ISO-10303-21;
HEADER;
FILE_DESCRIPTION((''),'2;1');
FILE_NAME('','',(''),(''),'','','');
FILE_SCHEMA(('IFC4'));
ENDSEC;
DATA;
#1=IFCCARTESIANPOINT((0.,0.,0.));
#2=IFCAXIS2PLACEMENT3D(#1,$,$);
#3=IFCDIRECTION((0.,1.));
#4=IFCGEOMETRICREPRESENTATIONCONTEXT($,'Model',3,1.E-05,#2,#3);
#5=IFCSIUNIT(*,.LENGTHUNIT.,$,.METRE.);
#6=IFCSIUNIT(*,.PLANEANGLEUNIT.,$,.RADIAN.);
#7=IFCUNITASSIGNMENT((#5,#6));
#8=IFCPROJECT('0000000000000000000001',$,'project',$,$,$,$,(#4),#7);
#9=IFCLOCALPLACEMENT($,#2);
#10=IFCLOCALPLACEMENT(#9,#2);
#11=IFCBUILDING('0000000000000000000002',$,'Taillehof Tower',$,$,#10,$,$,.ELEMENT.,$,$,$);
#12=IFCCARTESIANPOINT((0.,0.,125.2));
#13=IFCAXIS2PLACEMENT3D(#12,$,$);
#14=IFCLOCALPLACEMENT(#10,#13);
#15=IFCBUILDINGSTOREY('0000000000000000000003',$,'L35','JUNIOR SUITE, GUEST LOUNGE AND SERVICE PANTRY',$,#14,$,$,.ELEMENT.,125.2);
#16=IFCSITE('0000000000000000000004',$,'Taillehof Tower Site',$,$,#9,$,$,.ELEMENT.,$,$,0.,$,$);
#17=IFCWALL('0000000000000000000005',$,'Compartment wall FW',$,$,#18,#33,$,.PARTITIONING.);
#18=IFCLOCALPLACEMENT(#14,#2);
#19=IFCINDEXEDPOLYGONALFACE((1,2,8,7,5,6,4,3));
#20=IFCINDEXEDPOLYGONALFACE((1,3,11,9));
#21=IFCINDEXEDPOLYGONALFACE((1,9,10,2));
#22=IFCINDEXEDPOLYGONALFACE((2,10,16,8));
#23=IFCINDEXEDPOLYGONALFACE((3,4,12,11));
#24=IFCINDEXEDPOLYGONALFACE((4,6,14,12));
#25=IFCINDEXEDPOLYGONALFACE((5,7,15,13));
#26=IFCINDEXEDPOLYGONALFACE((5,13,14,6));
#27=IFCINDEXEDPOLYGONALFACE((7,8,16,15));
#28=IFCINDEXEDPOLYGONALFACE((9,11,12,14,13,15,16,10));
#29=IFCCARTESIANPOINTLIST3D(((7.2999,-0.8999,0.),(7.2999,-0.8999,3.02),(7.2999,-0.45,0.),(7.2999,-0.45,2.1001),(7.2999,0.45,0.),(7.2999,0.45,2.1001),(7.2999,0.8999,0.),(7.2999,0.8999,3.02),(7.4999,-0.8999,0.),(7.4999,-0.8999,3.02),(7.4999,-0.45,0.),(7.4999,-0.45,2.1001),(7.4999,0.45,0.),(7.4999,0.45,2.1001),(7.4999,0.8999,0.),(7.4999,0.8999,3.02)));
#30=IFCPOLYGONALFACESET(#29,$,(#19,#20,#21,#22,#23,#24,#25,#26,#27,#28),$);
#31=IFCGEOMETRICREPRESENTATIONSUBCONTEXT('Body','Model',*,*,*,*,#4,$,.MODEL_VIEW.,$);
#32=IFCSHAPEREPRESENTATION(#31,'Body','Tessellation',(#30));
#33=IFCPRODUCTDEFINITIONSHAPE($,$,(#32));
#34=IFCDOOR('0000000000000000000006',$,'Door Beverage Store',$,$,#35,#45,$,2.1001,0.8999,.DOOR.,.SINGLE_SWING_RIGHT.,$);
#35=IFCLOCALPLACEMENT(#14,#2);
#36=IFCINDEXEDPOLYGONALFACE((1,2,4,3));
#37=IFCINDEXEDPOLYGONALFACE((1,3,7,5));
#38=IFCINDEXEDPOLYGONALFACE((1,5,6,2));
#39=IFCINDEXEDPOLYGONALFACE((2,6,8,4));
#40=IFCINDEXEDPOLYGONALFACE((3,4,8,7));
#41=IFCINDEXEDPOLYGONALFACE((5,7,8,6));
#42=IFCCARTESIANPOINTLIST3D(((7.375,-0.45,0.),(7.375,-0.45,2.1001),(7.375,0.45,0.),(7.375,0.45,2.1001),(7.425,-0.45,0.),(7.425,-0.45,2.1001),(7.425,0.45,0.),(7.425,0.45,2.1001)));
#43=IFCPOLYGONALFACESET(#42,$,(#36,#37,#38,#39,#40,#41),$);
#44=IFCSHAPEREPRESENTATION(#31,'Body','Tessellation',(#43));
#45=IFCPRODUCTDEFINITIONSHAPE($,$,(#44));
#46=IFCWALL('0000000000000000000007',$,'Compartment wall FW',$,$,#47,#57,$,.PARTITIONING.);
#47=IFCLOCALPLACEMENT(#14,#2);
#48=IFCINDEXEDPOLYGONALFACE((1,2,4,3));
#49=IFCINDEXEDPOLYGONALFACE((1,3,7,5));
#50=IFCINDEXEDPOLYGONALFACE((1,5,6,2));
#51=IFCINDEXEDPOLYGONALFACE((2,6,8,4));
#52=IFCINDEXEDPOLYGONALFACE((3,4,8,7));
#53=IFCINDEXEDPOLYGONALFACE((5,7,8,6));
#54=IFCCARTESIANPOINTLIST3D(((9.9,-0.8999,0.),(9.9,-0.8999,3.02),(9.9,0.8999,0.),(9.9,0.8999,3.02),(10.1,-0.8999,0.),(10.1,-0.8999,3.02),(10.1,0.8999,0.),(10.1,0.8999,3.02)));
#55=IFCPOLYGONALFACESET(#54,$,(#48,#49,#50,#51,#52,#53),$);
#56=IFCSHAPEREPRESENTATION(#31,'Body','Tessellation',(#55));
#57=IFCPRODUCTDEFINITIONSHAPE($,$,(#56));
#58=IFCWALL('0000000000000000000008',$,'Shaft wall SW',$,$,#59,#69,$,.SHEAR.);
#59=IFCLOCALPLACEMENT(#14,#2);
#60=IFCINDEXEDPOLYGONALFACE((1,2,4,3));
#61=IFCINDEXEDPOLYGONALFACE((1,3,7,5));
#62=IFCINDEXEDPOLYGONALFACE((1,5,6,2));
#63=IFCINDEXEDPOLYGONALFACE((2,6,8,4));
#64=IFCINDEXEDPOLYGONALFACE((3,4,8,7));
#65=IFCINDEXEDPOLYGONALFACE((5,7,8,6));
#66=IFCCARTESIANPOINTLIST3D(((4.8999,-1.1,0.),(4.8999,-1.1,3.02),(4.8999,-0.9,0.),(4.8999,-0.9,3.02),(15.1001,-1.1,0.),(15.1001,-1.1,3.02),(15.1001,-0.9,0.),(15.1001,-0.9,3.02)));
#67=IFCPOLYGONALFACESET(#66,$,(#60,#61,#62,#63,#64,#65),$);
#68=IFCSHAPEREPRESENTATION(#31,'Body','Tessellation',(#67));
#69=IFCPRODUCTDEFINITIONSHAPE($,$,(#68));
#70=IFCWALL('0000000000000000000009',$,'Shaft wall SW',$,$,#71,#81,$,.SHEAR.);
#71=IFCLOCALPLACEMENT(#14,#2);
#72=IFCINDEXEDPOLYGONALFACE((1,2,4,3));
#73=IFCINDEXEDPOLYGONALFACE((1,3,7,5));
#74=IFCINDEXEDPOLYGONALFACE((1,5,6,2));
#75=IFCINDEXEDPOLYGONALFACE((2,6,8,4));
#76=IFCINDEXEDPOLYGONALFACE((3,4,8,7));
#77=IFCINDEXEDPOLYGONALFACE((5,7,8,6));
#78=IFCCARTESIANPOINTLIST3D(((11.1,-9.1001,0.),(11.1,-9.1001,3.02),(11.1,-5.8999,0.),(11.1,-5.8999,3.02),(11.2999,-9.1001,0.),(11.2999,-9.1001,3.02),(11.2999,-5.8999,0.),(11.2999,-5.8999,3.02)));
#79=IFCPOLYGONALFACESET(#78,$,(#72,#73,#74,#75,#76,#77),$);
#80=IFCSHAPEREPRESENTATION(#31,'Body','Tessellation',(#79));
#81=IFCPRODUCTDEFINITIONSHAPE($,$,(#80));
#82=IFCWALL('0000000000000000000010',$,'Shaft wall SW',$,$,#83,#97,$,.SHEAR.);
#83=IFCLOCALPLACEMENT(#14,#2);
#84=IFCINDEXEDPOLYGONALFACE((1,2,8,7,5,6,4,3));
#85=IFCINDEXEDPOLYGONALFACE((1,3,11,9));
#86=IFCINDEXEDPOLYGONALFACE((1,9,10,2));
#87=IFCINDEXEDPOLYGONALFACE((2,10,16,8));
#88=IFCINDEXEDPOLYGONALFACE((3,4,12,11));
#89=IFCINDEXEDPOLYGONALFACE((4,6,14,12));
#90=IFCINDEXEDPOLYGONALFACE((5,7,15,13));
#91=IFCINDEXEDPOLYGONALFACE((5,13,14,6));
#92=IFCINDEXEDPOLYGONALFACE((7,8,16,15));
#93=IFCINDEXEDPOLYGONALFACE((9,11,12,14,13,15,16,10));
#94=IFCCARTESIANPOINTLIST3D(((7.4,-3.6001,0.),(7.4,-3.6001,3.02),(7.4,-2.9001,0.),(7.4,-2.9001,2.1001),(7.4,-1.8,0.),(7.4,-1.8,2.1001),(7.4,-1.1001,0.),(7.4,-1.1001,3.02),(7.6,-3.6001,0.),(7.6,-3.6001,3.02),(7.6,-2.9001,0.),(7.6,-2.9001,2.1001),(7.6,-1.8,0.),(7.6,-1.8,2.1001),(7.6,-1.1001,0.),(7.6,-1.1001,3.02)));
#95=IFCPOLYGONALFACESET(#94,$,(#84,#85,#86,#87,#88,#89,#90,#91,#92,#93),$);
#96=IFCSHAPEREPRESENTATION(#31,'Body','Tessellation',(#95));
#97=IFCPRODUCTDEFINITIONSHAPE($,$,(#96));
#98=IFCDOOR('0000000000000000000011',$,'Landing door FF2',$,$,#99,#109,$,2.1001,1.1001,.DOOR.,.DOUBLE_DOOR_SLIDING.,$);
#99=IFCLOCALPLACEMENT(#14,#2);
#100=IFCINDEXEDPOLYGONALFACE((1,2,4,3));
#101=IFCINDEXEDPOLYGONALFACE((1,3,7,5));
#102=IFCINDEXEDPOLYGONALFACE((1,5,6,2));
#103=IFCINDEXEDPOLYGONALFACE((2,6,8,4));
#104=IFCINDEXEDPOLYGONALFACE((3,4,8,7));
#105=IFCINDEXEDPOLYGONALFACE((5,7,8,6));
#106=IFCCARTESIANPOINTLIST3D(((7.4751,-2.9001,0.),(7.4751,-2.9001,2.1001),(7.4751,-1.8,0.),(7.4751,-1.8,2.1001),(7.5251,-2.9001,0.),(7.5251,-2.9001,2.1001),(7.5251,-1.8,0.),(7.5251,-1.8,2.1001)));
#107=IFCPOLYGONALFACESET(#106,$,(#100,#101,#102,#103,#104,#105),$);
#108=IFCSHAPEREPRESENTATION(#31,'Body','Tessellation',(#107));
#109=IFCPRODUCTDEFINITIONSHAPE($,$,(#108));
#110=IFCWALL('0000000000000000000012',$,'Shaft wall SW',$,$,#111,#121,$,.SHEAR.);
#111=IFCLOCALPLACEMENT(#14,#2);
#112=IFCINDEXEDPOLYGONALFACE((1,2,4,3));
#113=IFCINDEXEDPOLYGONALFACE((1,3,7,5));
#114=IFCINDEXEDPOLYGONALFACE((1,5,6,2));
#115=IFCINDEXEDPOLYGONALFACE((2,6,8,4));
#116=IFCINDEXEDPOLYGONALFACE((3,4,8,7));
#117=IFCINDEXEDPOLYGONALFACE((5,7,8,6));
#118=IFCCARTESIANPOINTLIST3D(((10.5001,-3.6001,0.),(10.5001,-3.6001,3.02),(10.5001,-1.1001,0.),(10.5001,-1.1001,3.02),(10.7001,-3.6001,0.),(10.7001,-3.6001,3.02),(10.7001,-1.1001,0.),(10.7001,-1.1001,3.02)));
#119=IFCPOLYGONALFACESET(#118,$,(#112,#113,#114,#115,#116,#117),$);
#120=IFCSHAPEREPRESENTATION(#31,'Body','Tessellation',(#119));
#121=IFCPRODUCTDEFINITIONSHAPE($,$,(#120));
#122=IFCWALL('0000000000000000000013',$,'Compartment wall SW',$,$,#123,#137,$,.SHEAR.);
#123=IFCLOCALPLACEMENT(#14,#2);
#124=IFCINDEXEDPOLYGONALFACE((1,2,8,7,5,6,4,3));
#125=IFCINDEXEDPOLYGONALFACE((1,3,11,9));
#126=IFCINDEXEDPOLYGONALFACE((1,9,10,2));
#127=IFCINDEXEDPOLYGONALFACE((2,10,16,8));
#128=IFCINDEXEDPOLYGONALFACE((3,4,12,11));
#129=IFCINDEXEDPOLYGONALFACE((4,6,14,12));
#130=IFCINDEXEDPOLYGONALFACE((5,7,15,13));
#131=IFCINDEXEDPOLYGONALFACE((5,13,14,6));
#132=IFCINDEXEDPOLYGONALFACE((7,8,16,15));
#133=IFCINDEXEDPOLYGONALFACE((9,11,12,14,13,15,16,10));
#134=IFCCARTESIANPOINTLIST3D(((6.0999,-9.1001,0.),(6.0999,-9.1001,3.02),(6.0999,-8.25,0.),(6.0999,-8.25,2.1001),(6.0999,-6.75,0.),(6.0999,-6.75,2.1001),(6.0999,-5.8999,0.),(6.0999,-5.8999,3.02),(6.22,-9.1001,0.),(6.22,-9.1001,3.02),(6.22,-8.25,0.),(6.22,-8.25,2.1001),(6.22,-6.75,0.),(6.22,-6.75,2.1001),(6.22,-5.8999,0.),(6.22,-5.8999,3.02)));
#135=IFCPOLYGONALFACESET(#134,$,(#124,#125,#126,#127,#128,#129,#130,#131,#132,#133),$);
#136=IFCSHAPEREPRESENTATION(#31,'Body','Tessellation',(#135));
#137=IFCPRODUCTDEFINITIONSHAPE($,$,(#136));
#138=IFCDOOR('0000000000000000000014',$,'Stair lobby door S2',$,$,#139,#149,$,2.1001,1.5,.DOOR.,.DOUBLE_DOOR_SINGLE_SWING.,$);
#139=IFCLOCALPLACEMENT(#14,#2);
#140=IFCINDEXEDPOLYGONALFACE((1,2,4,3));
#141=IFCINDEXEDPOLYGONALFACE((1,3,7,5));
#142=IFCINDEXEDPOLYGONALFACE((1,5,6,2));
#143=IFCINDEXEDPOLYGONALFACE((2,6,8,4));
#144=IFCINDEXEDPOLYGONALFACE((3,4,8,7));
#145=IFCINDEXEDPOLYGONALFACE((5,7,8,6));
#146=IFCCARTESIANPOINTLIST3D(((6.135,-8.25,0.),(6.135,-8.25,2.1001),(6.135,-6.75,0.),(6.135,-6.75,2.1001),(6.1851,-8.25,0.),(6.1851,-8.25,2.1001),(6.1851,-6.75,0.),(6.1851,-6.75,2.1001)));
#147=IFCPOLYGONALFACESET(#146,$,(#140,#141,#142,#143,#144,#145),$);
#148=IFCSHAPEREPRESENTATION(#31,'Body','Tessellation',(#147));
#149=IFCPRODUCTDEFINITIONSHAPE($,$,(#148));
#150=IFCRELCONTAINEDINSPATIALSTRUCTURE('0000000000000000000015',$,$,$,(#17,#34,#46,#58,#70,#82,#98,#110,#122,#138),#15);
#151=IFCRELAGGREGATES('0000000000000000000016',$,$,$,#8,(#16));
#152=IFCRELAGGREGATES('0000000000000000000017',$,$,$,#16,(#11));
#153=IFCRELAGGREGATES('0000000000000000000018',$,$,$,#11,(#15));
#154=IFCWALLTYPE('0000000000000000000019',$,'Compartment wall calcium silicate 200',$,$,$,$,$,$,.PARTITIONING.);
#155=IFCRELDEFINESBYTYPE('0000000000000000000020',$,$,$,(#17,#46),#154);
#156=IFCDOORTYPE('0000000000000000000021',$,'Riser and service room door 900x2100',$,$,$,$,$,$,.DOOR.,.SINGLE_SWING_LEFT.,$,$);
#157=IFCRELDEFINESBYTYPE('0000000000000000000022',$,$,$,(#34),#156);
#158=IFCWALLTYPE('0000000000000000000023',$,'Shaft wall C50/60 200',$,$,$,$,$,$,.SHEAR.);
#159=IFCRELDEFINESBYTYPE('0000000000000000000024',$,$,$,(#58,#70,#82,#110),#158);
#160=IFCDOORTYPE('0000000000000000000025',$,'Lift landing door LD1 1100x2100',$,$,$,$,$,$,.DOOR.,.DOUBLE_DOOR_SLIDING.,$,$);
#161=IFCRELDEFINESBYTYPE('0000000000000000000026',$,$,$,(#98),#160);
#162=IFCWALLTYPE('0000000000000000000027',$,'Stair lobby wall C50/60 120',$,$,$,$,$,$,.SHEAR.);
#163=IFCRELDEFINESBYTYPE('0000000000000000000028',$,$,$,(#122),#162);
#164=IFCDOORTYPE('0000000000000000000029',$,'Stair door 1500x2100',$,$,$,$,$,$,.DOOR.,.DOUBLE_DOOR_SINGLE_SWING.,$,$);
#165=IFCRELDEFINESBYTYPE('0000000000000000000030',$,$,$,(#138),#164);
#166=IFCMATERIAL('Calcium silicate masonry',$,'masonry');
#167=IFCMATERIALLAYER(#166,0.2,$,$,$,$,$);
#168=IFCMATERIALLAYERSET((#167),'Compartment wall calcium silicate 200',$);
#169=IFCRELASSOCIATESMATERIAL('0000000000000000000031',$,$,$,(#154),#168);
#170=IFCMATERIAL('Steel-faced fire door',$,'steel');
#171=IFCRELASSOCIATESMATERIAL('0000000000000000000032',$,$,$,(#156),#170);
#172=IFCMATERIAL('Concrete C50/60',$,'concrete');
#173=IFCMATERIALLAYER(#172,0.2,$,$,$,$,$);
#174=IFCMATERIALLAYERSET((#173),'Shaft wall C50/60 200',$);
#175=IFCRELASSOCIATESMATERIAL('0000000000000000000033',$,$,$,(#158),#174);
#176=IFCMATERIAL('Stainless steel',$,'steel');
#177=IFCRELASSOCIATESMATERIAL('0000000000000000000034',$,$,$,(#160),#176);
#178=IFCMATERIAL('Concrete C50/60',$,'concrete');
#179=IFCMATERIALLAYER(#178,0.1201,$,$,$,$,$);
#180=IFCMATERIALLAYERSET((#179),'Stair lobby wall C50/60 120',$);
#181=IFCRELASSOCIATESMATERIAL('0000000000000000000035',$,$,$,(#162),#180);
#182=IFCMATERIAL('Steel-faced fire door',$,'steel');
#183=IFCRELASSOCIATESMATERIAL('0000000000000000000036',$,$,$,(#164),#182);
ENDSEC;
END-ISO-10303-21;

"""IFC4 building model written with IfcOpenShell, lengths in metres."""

from ifc_helpers import new_model, si_unit, direction, frame, frame_2d, origin, place, context, subcontext, project, spatial, rectangle, extrude, material, layer, layer_set, type_object, element, fill, save


model = new_model("IFC4")

# Units and contexts
model_context = context("Model", 3, precision=1e-05, world=origin(), true_north=direction((0.0, 1.0)))
body_context = subcontext(model_context, "Body", "Model", "MODEL_VIEW")
ifc_project = project(units=[si_unit("LENGTHUNIT", "METRE"), si_unit("PLANEANGLEUNIT", "RADIAN")], contexts=[model_context])

# Site, building, storey
site_placement = place(None, origin())
site = spatial("IfcSite", under=ifc_project, at=site_placement, Name="Taillehof Tower Site", CompositionType="ELEMENT", RefElevation=0.0)
building_placement = place(site_placement, origin())
building = spatial("IfcBuilding", under=site, at=building_placement, Name="Taillehof Tower", CompositionType="ELEMENT")
storey_placement = place(building_placement, frame((0.0, 0.0, 125.2)))
storey = spatial("IfcBuildingStorey", under=building, at=storey_placement, Name="L35", Description="JUNIOR SUITE, GUEST LOUNGE AND SERVICE PANTRY", CompositionType="ELEMENT", Elevation=125.2)

# Wall, opening, door
ifc_material_1 = material(Name="Calcium silicate masonry", Category="masonry")
ifc_layer_1 = layer(ifc_material_1, 0.2)
ifc_layer_set_1 = layer_set([ifc_layer_1], Name="Compartment wall calcium silicate 200")
wall_type_1 = type_object("IfcWallType", Name="Compartment wall calcium silicate 200", PredefinedType="PARTITIONING", material=ifc_layer_set_1)
wall_1_placement = place(storey_placement, frame((7.3999, -0.8999, 0.0), z_axis=(0.0, 0.0, 1.0), x_axis=(0.0, 1.0, 0.0)))
wall_1 = element("IfcWall", 1, at=wall_1_placement, inside=storey, type_object=wall_type_1, Name="Compartment wall FW", PredefinedType="PARTITIONING", context=body_context, shape_type="SweptSolid", body=[
    extrude(rectangle(XDim=1.7998, YDim=0.2, at=frame_2d((0.8999, 0.0))), origin(), (0.0, 0.0, 1.0), 3.02),
])
opening_1_placement = place(wall_1_placement, frame((0.45, 0.0, 0.0)))
opening_1 = element("IfcOpeningElement", 2, at=opening_1_placement, cuts=wall_1, PredefinedType="OPENING", context=body_context, shape_type="SweptSolid", body=[
    extrude(rectangle(XDim=0.8999, YDim=2.1001, at=frame_2d((0.45, 1.05))), frame((0.0, 0.1099, 0.0), z_axis=(0.0, -1.0, 0.0), x_axis=(1.0, 0.0, 0.0)), (0.0, 0.0, 1.0), 0.22),
])
ifc_material_2 = material(Name="Steel-faced fire door", Category="steel")
door_type_1 = type_object("IfcDoorType", Name="Riser and service room door 900x2100", OperationType="SINGLE_SWING_LEFT", PredefinedType="DOOR", material=ifc_material_2)
door_1_placement = place(opening_1_placement, origin())
door_1 = element("IfcDoor", 3, at=door_1_placement, inside=storey, type_object=door_type_1, Name="Door Beverage Store", OperationType="SINGLE_SWING_RIGHT", OverallHeight=2.1001, OverallWidth=0.8999, PredefinedType="DOOR", context=body_context, shape_type="SweptSolid", body=[
    extrude(rectangle(XDim=0.8999, YDim=2.1001, at=frame_2d((0.45, 1.05))), frame((0.0, 0.0249, 0.0), z_axis=(0.0, -1.0, 0.0), x_axis=(1.0, 0.0, 0.0)), (0.0, 0.0, 1.0), 0.05),
])
fill(opening_1, door_1)

# Walls
wall_2_placement = place(storey_placement, frame((10.0, -0.8999, 0.0), z_axis=(0.0, 0.0, 1.0), x_axis=(0.0, 1.0, 0.0)))
element("IfcWall", 4, at=wall_2_placement, inside=storey, type_object=wall_type_1, Name="Compartment wall FW", PredefinedType="PARTITIONING", context=body_context, shape_type="SweptSolid", body=[
    extrude(rectangle(XDim=1.7998, YDim=0.2, at=frame_2d((0.8999, 0.0))), origin(), (0.0, 0.0, 1.0), 3.02),
])
ifc_material_3 = material(Name="Concrete C50/60", Category="concrete")
ifc_layer_2 = layer(ifc_material_3, 0.2)
ifc_layer_set_2 = layer_set([ifc_layer_2], Name="Shaft wall C50/60 200")
wall_type_2 = type_object("IfcWallType", Name="Shaft wall C50/60 200", PredefinedType="SHEAR", material=ifc_layer_set_2)
wall_3_placement = place(storey_placement, frame((4.8999, -1.0, 0.0), z_axis=(0.0, 0.0, 1.0), x_axis=(1.0, 0.0, 0.0)))
element("IfcWall", 5, at=wall_3_placement, inside=storey, type_object=wall_type_2, Name="Shaft wall SW", PredefinedType="SHEAR", context=body_context, shape_type="SweptSolid", body=[
    extrude(rectangle(XDim=10.2002, YDim=0.2, at=frame_2d((5.1001, 0.0))), origin(), (0.0, 0.0, 1.0), 3.02),
])
wall_4_placement = place(storey_placement, frame((11.2, -9.1001, 0.0), z_axis=(0.0, 0.0, 1.0), x_axis=(0.0, 1.0, 0.0)))
element("IfcWall", 6, at=wall_4_placement, inside=storey, type_object=wall_type_2, Name="Shaft wall SW", PredefinedType="SHEAR", context=body_context, shape_type="SweptSolid", body=[
    extrude(rectangle(XDim=3.2002, YDim=0.2, at=frame_2d((1.6001, 0.0))), origin(), (0.0, 0.0, 1.0), 3.02),
])

# Wall, opening, door
wall_5_placement = place(storey_placement, frame((7.5, -3.6001, 0.0), z_axis=(0.0, 0.0, 1.0), x_axis=(0.0, 1.0, 0.0)))
wall_5 = element("IfcWall", 7, at=wall_5_placement, inside=storey, type_object=wall_type_2, Name="Shaft wall SW", PredefinedType="SHEAR", context=body_context, shape_type="SweptSolid", body=[
    extrude(rectangle(XDim=2.5, YDim=0.2, at=frame_2d((1.25, 0.0))), origin(), (0.0, 0.0, 1.0), 3.02),
])
opening_2_placement = place(wall_5_placement, frame((0.7, 0.0, 0.0)))
opening_2 = element("IfcOpeningElement", 8, at=opening_2_placement, cuts=wall_5, PredefinedType="OPENING", context=body_context, shape_type="SweptSolid", body=[
    extrude(rectangle(XDim=1.1001, YDim=2.1001, at=frame_2d((0.55, 1.05))), frame((0.0, 0.1099, 0.0), z_axis=(0.0, -1.0, 0.0), x_axis=(1.0, 0.0, 0.0)), (0.0, 0.0, 1.0), 0.22),
])
ifc_material_4 = material(Name="Stainless steel", Category="steel")
door_type_2 = type_object("IfcDoorType", Name="Lift landing door LD1 1100x2100", OperationType="DOUBLE_DOOR_SLIDING", PredefinedType="DOOR", material=ifc_material_4)
door_2_placement = place(opening_2_placement, origin())
door_2 = element("IfcDoor", 9, at=door_2_placement, inside=storey, type_object=door_type_2, Name="Landing door FF2", OperationType="DOUBLE_DOOR_SLIDING", OverallHeight=2.1001, OverallWidth=1.1001, PredefinedType="DOOR", context=body_context, shape_type="SweptSolid", body=[
    extrude(rectangle(XDim=1.1001, YDim=2.1001, at=frame_2d((0.55, 1.05))), frame((0.0, 0.0249, 0.0), z_axis=(0.0, -1.0, 0.0), x_axis=(1.0, 0.0, 0.0)), (0.0, 0.0, 1.0), 0.05),
])
fill(opening_2, door_2)

# Wall
wall_6_placement = place(storey_placement, frame((10.6001, -3.6001, 0.0), z_axis=(0.0, 0.0, 1.0), x_axis=(0.0, 1.0, 0.0)))
element("IfcWall", 10, at=wall_6_placement, inside=storey, type_object=wall_type_2, Name="Shaft wall SW", PredefinedType="SHEAR", context=body_context, shape_type="SweptSolid", body=[
    extrude(rectangle(XDim=2.5, YDim=0.2, at=frame_2d((1.25, 0.0))), origin(), (0.0, 0.0, 1.0), 3.02),
])

# Wall, opening, door
ifc_material_5 = material(Name="Concrete C50/60", Category="concrete")
ifc_layer_3 = layer(ifc_material_5, 0.1201)
ifc_layer_set_3 = layer_set([ifc_layer_3], Name="Stair lobby wall C50/60 120")
wall_type_3 = type_object("IfcWallType", Name="Stair lobby wall C50/60 120", PredefinedType="SHEAR", material=ifc_layer_set_3)
wall_7_placement = place(storey_placement, frame((6.1599, -9.1001, 0.0), z_axis=(0.0, 0.0, 1.0), x_axis=(0.0, 1.0, 0.0)))
wall_7 = element("IfcWall", 11, at=wall_7_placement, inside=storey, type_object=wall_type_3, Name="Compartment wall SW", PredefinedType="SHEAR", context=body_context, shape_type="SweptSolid", body=[
    extrude(rectangle(XDim=3.2002, YDim=0.1201, at=frame_2d((1.6001, 0.0))), origin(), (0.0, 0.0, 1.0), 3.02),
])
opening_3_placement = place(wall_7_placement, frame((0.8501, 0.0, 0.0)))
opening_3 = element("IfcOpeningElement", 12, at=opening_3_placement, cuts=wall_7, PredefinedType="OPENING", context=body_context, shape_type="SweptSolid", body=[
    extrude(rectangle(XDim=1.5, YDim=2.1001, at=frame_2d((0.75, 1.05))), frame((0.0, 0.0701, 0.0), z_axis=(0.0, -1.0, 0.0), x_axis=(1.0, 0.0, 0.0)), (0.0, 0.0, 1.0), 0.1401),
])
ifc_material_6 = material(Name="Steel-faced fire door", Category="steel")
door_type_3 = type_object("IfcDoorType", Name="Stair door 1500x2100", OperationType="DOUBLE_DOOR_SINGLE_SWING", PredefinedType="DOOR", material=ifc_material_6)
door_3_placement = place(opening_3_placement, origin())
door_3 = element("IfcDoor", 13, at=door_3_placement, inside=storey, type_object=door_type_3, Name="Stair lobby door S2", OperationType="DOUBLE_DOOR_SINGLE_SWING", OverallHeight=2.1001, OverallWidth=1.5, PredefinedType="DOOR", context=body_context, shape_type="SweptSolid", body=[
    extrude(rectangle(XDim=1.5, YDim=2.1001, at=frame_2d((0.75, 1.05))), frame((0.0, 0.0249, 0.0), z_axis=(0.0, -1.0, 0.0), x_axis=(1.0, 0.0, 0.0)), (0.0, 0.0, 1.0), 0.05),
])
fill(opening_3, door_3)

save(model, "model.ifc")
